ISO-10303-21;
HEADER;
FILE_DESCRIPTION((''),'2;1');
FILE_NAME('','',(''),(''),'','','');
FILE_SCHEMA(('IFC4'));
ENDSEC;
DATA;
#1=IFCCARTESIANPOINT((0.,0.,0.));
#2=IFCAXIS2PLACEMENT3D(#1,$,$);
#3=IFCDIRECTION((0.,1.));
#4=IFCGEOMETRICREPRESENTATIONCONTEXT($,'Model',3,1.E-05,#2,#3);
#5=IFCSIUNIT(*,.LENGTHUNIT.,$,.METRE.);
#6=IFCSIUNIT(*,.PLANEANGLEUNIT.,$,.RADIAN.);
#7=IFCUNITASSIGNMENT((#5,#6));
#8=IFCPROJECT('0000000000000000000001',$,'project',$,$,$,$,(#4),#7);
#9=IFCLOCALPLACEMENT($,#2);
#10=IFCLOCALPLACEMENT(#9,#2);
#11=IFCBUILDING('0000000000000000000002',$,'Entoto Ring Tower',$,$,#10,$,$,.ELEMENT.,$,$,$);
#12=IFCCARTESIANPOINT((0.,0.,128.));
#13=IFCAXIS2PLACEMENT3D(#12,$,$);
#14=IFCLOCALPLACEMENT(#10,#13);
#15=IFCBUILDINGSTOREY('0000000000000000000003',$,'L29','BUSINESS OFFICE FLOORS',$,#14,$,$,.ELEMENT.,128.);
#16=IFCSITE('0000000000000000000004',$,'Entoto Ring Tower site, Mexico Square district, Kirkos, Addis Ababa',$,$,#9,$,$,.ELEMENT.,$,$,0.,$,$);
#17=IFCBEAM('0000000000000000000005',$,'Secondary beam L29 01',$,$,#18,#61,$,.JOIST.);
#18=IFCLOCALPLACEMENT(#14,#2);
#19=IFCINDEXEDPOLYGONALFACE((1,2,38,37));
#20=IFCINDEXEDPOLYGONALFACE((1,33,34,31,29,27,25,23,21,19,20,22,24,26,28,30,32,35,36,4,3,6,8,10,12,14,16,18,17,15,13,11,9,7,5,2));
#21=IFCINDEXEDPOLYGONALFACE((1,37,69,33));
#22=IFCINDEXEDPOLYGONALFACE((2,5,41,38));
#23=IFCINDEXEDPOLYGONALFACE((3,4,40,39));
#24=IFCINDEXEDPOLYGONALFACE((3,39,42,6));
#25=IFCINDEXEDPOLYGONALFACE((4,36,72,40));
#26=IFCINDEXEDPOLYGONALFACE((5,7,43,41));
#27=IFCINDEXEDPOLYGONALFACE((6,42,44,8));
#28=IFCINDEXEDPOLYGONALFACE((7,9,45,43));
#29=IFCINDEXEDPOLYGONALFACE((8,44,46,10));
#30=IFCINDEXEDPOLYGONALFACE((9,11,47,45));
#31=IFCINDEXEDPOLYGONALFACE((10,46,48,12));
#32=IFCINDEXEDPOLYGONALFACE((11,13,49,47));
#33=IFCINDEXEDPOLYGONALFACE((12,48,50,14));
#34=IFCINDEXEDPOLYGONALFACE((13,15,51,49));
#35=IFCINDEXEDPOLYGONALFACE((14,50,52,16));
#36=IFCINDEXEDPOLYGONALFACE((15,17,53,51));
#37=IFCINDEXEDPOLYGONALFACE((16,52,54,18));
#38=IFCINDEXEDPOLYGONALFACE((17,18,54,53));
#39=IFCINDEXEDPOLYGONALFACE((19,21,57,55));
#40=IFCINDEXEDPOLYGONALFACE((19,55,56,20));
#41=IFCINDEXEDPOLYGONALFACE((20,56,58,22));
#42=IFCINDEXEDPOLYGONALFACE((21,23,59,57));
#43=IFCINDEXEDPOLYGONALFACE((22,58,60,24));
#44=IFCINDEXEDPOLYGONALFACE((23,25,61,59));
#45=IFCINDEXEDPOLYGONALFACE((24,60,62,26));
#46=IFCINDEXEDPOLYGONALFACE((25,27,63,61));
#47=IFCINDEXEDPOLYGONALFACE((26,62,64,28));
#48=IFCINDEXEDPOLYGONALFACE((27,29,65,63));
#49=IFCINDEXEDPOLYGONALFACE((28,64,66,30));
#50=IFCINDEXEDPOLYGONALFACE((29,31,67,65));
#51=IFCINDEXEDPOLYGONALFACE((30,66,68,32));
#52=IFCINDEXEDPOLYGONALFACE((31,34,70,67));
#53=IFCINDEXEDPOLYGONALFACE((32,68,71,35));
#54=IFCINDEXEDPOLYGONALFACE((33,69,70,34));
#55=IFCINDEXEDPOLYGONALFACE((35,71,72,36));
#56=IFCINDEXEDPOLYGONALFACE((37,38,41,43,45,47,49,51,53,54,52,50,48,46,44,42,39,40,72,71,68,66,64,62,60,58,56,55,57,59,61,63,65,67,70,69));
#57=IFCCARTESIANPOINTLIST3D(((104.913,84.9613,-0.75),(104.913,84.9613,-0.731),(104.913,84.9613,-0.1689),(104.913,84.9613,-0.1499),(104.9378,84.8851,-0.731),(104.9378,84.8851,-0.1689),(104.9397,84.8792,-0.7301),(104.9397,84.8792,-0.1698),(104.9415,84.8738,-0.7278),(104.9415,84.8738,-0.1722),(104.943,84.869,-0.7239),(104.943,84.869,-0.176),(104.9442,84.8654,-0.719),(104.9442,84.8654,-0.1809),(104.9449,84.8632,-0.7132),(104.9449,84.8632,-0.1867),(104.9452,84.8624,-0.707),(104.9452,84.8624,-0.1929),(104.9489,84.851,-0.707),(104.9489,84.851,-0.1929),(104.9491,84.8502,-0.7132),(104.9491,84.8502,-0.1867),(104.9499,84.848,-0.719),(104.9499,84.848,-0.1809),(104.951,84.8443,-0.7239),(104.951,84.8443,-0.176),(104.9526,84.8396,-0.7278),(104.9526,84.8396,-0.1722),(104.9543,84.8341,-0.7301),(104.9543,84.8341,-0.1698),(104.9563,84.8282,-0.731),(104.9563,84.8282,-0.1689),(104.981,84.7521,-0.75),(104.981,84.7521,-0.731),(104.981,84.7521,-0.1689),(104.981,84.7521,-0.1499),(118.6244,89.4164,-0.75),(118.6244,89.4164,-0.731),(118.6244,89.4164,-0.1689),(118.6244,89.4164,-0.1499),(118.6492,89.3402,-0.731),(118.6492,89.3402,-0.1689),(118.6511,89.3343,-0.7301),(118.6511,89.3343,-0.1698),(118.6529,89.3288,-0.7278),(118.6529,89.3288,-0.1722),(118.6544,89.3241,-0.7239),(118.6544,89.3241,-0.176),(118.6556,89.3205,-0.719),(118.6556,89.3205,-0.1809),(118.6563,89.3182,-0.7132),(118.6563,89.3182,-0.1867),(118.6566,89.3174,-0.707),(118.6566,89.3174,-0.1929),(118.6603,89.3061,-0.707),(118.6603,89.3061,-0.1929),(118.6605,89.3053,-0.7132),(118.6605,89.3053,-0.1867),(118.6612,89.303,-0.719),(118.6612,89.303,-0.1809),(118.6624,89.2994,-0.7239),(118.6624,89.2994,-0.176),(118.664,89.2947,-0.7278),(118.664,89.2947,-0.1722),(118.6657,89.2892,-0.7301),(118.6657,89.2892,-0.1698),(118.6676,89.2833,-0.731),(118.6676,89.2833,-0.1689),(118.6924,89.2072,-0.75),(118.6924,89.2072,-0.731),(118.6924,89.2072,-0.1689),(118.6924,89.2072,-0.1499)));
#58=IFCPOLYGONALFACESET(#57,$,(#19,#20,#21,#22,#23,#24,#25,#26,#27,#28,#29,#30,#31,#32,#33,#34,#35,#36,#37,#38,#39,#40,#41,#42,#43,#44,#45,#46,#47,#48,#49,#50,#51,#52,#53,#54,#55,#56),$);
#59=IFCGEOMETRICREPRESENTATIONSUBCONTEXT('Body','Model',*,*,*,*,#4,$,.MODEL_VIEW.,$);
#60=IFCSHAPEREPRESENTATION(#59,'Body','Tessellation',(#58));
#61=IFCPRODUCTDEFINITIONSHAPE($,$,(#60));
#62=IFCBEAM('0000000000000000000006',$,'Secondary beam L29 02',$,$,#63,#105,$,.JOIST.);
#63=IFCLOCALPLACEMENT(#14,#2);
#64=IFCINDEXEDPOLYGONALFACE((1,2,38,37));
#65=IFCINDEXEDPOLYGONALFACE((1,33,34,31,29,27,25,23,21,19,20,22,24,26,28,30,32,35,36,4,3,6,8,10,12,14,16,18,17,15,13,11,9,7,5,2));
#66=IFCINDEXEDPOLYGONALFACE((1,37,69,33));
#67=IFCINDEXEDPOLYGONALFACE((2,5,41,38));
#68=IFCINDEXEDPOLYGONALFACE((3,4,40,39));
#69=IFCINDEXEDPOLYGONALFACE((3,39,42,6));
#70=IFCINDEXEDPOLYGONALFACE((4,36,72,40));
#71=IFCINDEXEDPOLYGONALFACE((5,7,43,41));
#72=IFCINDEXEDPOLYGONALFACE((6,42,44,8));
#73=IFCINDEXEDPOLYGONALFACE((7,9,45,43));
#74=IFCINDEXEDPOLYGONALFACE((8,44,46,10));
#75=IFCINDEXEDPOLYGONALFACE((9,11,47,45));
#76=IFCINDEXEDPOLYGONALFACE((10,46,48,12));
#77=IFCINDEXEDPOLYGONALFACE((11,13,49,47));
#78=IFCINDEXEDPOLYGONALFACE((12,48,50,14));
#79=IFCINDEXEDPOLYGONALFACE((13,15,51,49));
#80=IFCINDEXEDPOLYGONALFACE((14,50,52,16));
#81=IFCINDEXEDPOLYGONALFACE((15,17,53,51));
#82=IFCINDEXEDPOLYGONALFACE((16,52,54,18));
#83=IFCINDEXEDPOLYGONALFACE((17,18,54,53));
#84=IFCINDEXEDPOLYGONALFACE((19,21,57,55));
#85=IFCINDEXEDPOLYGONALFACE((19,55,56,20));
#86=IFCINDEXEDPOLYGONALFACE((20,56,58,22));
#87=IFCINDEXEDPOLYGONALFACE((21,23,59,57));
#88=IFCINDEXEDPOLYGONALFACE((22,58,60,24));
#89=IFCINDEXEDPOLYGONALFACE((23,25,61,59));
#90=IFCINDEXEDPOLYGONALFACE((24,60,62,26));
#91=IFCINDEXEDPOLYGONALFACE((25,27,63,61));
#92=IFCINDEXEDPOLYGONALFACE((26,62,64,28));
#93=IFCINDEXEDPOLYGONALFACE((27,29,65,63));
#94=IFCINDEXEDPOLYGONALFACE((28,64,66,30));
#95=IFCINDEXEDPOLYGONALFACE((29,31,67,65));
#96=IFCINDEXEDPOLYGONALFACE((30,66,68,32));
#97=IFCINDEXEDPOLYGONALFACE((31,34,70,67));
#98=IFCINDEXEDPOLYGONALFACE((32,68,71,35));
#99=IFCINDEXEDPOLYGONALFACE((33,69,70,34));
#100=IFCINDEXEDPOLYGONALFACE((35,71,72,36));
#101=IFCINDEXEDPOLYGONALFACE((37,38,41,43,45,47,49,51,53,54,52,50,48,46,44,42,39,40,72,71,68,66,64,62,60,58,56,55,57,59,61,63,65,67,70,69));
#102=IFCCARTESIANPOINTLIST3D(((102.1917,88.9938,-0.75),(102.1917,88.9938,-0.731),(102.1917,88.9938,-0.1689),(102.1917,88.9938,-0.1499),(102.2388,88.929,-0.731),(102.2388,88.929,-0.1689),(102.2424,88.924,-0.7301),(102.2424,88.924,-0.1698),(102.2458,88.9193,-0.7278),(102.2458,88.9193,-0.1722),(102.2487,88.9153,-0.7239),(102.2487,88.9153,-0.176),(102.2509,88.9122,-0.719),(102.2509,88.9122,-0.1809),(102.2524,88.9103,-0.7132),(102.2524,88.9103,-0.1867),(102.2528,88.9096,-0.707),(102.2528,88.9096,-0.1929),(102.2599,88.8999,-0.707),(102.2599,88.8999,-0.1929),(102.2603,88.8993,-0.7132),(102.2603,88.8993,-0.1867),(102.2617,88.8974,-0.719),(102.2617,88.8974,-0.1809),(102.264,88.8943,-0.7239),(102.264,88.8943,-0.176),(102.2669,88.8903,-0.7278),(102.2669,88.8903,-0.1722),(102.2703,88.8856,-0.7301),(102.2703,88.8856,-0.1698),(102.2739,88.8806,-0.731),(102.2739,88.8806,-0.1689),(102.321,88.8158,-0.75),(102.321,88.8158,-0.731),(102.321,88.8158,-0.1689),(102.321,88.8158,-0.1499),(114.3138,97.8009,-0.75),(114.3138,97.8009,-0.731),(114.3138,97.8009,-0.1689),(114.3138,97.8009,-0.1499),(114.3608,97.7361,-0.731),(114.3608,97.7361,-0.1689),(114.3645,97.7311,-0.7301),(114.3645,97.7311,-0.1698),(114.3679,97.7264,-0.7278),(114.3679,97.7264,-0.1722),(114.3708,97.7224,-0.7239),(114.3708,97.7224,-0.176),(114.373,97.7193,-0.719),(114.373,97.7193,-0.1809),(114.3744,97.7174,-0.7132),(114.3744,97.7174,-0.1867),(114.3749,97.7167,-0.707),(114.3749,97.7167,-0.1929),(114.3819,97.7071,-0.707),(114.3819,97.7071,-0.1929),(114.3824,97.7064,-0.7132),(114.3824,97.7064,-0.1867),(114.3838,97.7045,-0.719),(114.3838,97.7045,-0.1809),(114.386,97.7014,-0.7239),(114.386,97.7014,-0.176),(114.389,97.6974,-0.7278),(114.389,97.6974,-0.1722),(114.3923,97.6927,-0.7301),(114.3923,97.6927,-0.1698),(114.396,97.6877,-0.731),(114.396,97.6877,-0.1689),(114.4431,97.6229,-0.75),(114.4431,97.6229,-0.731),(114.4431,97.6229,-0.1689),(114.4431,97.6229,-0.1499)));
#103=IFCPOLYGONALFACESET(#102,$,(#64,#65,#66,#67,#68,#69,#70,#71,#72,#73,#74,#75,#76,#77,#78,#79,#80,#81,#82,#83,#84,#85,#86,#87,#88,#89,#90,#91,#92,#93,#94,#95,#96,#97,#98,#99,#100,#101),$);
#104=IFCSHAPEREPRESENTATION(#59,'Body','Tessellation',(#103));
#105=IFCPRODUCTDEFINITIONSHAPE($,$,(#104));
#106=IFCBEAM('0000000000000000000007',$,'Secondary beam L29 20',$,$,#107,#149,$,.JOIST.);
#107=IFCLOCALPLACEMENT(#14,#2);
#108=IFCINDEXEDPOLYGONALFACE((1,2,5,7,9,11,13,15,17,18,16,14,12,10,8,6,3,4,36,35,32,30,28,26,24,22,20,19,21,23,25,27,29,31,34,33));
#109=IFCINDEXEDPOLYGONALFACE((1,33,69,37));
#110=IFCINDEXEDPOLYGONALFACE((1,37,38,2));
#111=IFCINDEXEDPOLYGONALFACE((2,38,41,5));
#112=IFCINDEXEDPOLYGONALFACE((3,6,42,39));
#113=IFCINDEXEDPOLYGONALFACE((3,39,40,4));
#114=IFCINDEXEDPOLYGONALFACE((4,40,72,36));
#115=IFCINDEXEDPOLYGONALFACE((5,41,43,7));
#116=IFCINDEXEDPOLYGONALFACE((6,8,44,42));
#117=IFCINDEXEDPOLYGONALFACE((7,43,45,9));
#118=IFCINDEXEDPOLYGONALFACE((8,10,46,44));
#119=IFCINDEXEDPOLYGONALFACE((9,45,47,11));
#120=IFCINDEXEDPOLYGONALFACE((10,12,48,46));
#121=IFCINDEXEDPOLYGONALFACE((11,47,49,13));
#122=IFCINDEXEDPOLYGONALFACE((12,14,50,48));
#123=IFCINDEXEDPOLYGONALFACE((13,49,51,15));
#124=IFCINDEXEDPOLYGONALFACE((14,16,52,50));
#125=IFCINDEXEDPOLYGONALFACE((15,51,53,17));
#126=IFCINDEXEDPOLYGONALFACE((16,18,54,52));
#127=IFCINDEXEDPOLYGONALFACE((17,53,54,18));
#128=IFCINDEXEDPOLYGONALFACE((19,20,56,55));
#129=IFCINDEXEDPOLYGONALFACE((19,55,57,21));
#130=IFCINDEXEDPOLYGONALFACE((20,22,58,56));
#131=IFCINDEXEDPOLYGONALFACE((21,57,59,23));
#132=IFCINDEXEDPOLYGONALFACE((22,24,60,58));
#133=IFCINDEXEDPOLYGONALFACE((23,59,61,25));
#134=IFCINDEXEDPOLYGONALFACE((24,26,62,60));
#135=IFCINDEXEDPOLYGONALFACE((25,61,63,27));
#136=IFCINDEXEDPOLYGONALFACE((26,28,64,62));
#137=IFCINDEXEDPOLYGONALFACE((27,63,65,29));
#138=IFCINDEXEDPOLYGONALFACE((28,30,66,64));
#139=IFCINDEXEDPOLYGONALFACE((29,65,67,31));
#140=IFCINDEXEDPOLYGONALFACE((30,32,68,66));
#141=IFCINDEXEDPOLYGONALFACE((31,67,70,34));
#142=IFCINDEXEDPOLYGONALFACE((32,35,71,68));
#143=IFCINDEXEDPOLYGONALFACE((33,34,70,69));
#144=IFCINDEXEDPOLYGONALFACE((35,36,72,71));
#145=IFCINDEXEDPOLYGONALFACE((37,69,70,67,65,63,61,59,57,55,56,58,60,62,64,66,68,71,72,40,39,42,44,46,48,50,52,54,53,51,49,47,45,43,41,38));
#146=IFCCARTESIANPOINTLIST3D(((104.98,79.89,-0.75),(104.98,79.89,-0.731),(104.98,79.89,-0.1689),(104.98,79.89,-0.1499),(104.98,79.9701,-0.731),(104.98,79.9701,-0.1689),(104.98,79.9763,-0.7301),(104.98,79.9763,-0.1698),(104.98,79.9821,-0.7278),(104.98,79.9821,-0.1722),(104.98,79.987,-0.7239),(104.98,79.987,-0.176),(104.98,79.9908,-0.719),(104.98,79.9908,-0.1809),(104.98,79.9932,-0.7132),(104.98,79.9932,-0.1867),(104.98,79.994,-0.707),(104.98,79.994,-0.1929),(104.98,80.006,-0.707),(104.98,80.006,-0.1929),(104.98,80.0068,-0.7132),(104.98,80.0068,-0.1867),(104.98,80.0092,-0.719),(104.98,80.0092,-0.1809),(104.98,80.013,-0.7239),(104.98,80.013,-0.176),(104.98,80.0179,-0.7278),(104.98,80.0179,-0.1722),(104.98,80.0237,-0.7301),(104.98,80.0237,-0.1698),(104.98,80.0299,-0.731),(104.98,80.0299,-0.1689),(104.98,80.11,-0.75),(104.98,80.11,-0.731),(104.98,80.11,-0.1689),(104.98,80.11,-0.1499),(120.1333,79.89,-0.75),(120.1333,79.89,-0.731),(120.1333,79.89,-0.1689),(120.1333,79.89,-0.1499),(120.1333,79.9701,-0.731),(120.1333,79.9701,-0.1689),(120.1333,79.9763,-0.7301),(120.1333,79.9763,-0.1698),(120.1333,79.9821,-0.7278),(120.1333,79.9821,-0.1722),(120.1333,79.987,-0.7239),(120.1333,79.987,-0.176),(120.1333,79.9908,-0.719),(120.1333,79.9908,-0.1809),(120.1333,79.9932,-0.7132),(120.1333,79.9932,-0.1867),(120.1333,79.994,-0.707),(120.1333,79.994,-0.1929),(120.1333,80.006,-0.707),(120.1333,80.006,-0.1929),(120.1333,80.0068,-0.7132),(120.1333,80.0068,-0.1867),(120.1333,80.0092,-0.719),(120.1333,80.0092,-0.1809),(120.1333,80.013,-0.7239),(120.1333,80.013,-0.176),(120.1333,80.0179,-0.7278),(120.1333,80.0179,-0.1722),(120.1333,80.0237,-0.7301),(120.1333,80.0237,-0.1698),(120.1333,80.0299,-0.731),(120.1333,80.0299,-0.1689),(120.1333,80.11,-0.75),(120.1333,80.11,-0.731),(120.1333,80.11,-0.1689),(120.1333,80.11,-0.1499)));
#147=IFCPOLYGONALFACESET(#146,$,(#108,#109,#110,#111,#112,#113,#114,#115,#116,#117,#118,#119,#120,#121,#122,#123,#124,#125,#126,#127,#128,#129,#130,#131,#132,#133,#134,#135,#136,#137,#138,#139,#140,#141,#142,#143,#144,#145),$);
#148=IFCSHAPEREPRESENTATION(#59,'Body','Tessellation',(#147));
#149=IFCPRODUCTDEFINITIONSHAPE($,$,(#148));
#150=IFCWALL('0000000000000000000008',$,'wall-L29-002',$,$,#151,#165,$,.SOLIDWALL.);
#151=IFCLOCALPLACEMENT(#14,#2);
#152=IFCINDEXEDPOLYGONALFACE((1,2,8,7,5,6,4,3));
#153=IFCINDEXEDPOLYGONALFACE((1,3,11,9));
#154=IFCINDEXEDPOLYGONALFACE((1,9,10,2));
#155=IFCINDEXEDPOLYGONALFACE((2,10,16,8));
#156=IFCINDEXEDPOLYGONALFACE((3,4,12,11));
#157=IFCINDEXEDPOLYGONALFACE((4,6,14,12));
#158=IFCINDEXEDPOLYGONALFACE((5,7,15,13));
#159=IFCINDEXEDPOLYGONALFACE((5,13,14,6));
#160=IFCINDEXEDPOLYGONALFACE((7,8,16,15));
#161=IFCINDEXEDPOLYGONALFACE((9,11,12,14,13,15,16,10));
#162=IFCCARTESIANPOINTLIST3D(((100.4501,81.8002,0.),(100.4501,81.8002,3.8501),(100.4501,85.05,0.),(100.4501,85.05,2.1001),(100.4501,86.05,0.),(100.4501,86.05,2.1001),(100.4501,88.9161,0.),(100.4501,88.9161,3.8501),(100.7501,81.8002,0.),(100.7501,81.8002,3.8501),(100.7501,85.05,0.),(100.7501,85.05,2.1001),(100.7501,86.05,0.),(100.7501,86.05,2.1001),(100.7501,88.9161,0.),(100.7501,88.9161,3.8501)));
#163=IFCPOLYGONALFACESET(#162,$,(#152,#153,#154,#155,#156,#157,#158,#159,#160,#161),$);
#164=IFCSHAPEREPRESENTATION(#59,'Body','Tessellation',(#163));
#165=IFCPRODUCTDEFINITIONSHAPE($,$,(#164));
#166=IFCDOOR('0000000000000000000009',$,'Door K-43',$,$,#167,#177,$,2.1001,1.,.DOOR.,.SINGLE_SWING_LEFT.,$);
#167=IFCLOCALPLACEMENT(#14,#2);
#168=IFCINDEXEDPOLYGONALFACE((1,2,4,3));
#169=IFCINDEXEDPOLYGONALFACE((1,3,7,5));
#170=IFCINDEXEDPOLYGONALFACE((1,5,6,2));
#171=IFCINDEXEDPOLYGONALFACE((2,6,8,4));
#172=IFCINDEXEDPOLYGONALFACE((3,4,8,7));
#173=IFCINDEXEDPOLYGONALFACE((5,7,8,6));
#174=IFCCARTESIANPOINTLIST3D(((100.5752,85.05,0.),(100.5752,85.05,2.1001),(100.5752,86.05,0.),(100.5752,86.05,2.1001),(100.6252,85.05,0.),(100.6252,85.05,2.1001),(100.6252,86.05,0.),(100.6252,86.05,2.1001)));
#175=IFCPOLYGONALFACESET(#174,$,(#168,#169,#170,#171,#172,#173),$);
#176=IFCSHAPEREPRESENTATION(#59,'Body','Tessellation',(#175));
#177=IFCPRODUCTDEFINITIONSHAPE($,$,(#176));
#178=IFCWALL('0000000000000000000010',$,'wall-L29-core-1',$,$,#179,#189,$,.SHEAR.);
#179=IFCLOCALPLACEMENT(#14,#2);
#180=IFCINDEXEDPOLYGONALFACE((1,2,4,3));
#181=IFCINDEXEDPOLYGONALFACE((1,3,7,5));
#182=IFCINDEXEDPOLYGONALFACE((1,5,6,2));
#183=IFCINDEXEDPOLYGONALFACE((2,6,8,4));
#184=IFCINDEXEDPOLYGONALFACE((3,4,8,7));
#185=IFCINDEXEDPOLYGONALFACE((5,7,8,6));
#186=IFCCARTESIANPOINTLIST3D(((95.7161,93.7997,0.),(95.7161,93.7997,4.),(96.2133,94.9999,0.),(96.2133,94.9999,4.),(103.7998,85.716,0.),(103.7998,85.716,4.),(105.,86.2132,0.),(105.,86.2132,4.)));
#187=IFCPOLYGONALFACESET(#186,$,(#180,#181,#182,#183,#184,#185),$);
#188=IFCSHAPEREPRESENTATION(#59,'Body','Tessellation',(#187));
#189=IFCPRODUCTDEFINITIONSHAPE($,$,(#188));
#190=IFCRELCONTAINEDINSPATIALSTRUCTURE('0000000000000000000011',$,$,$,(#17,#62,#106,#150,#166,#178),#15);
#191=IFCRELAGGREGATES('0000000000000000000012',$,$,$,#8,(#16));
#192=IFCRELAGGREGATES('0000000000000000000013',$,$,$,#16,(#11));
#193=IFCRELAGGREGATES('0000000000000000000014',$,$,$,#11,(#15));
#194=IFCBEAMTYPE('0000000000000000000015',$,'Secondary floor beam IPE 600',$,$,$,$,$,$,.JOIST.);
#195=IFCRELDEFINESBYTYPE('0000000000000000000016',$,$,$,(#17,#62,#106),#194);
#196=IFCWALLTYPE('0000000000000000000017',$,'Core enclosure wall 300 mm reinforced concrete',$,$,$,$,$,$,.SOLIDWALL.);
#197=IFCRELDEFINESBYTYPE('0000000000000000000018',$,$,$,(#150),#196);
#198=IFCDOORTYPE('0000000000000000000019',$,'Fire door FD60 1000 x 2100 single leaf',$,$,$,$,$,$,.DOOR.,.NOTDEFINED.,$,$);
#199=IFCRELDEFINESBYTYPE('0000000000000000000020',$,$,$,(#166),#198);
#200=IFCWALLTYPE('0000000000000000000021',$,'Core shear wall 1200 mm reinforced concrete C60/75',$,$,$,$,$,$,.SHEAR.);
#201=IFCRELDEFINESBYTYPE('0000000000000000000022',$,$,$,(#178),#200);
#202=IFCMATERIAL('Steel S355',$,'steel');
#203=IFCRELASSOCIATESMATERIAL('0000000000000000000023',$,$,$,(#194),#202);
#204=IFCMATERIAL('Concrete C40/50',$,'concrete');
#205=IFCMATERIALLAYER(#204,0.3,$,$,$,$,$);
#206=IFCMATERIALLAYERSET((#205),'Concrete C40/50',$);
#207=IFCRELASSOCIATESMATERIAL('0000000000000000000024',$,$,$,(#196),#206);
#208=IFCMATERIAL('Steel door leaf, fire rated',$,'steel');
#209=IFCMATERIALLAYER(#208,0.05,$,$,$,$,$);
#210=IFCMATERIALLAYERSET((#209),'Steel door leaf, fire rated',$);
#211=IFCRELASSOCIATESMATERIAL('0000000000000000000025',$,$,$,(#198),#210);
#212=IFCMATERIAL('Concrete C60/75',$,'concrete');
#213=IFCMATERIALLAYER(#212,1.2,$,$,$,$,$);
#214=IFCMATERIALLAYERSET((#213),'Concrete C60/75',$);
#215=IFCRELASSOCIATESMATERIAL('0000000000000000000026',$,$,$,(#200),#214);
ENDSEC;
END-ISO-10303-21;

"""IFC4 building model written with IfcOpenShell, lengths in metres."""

from ifc_helpers import new_model, si_unit, direction, frame, frame_2d, origin, origin_2d, place, context, subcontext, project, spatial, polyline, rectangle, i_section, outline, extrude, material, layer, layer_set, material_profile, profile_set, type_object, element, fill, save


model = new_model("IFC4")

# Units and contexts
model_context = context("Model", 3, precision=1e-05, world=origin(), true_north=direction((0.0, 1.0)))
body_context = subcontext(model_context, "Body", "Model", "MODEL_VIEW")
ifc_project = project(units=[si_unit("LENGTHUNIT", "METRE"), si_unit("PLANEANGLEUNIT", "RADIAN")], contexts=[model_context])

# Site, building, storey
site_placement = place(None, origin())
site = spatial("IfcSite", under=ifc_project, at=site_placement, Name="Entoto Ring Tower site, Mexico Square district, Kirkos, Addis Ababa", CompositionType="ELEMENT", RefElevation=0.0)
building_placement = place(site_placement, origin())
building = spatial("IfcBuilding", under=site, at=building_placement, Name="Entoto Ring Tower", CompositionType="ELEMENT")
storey_placement = place(building_placement, frame((0.0, 0.0, 128.0)))
storey = spatial("IfcBuildingStorey", under=building, at=storey_placement, Name="L29", Description="BUSINESS OFFICE FLOORS", CompositionType="ELEMENT", Elevation=128.0)

# Beams
ifc_material_1 = material(Name="Steel S355", Category="steel")
ifc_material_profile_1 = material_profile(ifc_material_1, i_section(OverallWidth=0.22, OverallDepth=0.6001, WebThickness=0.012, FlangeThickness=0.019, FilletRadius=0.0239, at=origin_2d()), Name="IPE 600")
ifc_profile_set_1 = profile_set([ifc_material_profile_1], Name="Steel S355")
beam_type_1 = type_object("IfcBeamType", Name="Secondary floor beam IPE 600", PredefinedType="JOIST", material=ifc_profile_set_1)
beam_1_placement = place(storey_placement, frame((104.947, 84.8567, -0.45), z_axis=(0.951057, 0.309015, 0.0), x_axis=(-0.309015, 0.951057, 0.0)))
element("IfcBeam", 1, at=beam_1_placement, inside=storey, type_object=beam_type_1, Name="Secondary beam L29 01", PredefinedType="JOIST", context=body_context, shape_type="SweptSolid", body=[
    extrude(i_section(OverallWidth=0.22, OverallDepth=0.6001, WebThickness=0.012, FlangeThickness=0.019, FilletRadius=0.0239, at=origin_2d()), origin(), (0.0, 0.0, 1.0), 14.417),
])
beam_2_placement = place(storey_placement, frame((102.2563, 88.9048, -0.45), z_axis=(0.809019, 0.587782, 0.0), x_axis=(-0.587782, 0.809019, 0.0)))
element("IfcBeam", 2, at=beam_2_placement, inside=storey, type_object=beam_type_1, Name="Secondary beam L29 02", PredefinedType="JOIST", context=body_context, shape_type="SweptSolid", body=[
    extrude(i_section(OverallWidth=0.22, OverallDepth=0.6001, WebThickness=0.012, FlangeThickness=0.019, FilletRadius=0.0239, at=origin_2d()), origin(), (0.0, 0.0, 1.0), 14.9836),
])
beam_3_placement = place(storey_placement, frame((104.98, 80.0, -0.45), z_axis=(1.0, 0.0, 0.0), x_axis=(0.0, 1.0, 0.0)))
element("IfcBeam", 3, at=beam_3_placement, inside=storey, type_object=beam_type_1, Name="Secondary beam L29 20", PredefinedType="JOIST", context=body_context, shape_type="SweptSolid", body=[
    extrude(i_section(OverallWidth=0.22, OverallDepth=0.6001, WebThickness=0.012, FlangeThickness=0.019, FilletRadius=0.0239, at=origin_2d()), origin(), (0.0, 0.0, 1.0), 15.1533),
])

# Wall, opening, door
ifc_material_2 = material(Name="Concrete C40/50", Category="concrete")
ifc_layer_1 = layer(ifc_material_2, 0.3)
ifc_layer_set_1 = layer_set([ifc_layer_1], Name="Concrete C40/50")
wall_type_1 = type_object("IfcWallType", Name="Core enclosure wall 300 mm reinforced concrete", PredefinedType="SOLIDWALL", material=ifc_layer_set_1)
wall_1_placement = place(storey_placement, frame((100.6001, 81.8, 0.0), z_axis=(0.0, 0.0, 1.0), x_axis=(0.0, 1.0, 0.0)))
wall_1 = element("IfcWall", 4, at=wall_1_placement, inside=storey, type_object=wall_type_1, Name="wall-L29-002", PredefinedType="SOLIDWALL", context=body_context, shape_type="SweptSolid", body=[
    extrude(rectangle(XDim=7.116, YDim=0.3, at=frame_2d((3.5581, 0.0))), origin(), (0.0, 0.0, 1.0), 3.8501),
])
opening_1_placement = place(wall_1_placement, frame((3.25, 0.0, 0.0)))
opening_1 = element("IfcOpeningElement", 5, at=opening_1_placement, cuts=wall_1, PredefinedType="OPENING", context=body_context, shape_type="SweptSolid", body=[
    extrude(rectangle(XDim=1.0, YDim=2.1001, at=frame_2d((0.5, 1.05))), frame((0.0, 0.1602, 0.0), z_axis=(0.0, -1.0, 0.0), x_axis=(1.0, 0.0, 0.0)), (0.0, 0.0, 1.0), 0.3201),
])
ifc_material_3 = material(Name="Steel door leaf, fire rated", Category="steel")
ifc_layer_2 = layer(ifc_material_3, 0.05)
ifc_layer_set_2 = layer_set([ifc_layer_2], Name="Steel door leaf, fire rated")
door_type_1 = type_object("IfcDoorType", Name="Fire door FD60 1000 x 2100 single leaf", OperationType="NOTDEFINED", PredefinedType="DOOR", material=ifc_layer_set_2)
door_1_placement = place(opening_1_placement, origin())
door_1 = element("IfcDoor", 6, at=door_1_placement, inside=storey, type_object=door_type_1, Name="Door K-43", OperationType="SINGLE_SWING_LEFT", OverallHeight=2.1001, OverallWidth=1.0, PredefinedType="DOOR", context=body_context, shape_type="SweptSolid", body=[
    extrude(rectangle(XDim=1.0, YDim=2.1001, at=frame_2d((0.5, 1.05))), frame((0.0, 0.0249, 0.0), z_axis=(0.0, -1.0, 0.0), x_axis=(1.0, 0.0, 0.0)), (0.0, 0.0, 1.0), 0.05),
])
fill(opening_1, door_1)

# Wall
ifc_material_4 = material(Name="Concrete C60/75", Category="concrete")
ifc_layer_3 = layer(ifc_material_4, 1.2)
ifc_layer_set_3 = layer_set([ifc_layer_3], Name="Concrete C60/75")
wall_type_2 = type_object("IfcWallType", Name="Core shear wall 1200 mm reinforced concrete C60/75", PredefinedType="SHEAR", material=ifc_layer_set_3)
wall_2_placement = place(storey_placement, frame((104.3999, 85.9646, 0.0), z_axis=(0.0, 0.0, 1.0), x_axis=(-0.707107, 0.707107, 0.0)))
element("IfcWall", 7, at=wall_2_placement, inside=storey, type_object=wall_type_2, Name="wall-L29-core-1", PredefinedType="SHEAR", context=body_context, shape_type="SweptSolid", body=[
    extrude(outline(polyline([(-0.2485, -0.6001), (12.1777, -0.6001), (11.6807, 0.6001), (0.2485, 0.6001), (-0.2485, -0.6001)])), origin(), (0.0, 0.0, 1.0), 4.0),
])

save(model, "model.ifc")
